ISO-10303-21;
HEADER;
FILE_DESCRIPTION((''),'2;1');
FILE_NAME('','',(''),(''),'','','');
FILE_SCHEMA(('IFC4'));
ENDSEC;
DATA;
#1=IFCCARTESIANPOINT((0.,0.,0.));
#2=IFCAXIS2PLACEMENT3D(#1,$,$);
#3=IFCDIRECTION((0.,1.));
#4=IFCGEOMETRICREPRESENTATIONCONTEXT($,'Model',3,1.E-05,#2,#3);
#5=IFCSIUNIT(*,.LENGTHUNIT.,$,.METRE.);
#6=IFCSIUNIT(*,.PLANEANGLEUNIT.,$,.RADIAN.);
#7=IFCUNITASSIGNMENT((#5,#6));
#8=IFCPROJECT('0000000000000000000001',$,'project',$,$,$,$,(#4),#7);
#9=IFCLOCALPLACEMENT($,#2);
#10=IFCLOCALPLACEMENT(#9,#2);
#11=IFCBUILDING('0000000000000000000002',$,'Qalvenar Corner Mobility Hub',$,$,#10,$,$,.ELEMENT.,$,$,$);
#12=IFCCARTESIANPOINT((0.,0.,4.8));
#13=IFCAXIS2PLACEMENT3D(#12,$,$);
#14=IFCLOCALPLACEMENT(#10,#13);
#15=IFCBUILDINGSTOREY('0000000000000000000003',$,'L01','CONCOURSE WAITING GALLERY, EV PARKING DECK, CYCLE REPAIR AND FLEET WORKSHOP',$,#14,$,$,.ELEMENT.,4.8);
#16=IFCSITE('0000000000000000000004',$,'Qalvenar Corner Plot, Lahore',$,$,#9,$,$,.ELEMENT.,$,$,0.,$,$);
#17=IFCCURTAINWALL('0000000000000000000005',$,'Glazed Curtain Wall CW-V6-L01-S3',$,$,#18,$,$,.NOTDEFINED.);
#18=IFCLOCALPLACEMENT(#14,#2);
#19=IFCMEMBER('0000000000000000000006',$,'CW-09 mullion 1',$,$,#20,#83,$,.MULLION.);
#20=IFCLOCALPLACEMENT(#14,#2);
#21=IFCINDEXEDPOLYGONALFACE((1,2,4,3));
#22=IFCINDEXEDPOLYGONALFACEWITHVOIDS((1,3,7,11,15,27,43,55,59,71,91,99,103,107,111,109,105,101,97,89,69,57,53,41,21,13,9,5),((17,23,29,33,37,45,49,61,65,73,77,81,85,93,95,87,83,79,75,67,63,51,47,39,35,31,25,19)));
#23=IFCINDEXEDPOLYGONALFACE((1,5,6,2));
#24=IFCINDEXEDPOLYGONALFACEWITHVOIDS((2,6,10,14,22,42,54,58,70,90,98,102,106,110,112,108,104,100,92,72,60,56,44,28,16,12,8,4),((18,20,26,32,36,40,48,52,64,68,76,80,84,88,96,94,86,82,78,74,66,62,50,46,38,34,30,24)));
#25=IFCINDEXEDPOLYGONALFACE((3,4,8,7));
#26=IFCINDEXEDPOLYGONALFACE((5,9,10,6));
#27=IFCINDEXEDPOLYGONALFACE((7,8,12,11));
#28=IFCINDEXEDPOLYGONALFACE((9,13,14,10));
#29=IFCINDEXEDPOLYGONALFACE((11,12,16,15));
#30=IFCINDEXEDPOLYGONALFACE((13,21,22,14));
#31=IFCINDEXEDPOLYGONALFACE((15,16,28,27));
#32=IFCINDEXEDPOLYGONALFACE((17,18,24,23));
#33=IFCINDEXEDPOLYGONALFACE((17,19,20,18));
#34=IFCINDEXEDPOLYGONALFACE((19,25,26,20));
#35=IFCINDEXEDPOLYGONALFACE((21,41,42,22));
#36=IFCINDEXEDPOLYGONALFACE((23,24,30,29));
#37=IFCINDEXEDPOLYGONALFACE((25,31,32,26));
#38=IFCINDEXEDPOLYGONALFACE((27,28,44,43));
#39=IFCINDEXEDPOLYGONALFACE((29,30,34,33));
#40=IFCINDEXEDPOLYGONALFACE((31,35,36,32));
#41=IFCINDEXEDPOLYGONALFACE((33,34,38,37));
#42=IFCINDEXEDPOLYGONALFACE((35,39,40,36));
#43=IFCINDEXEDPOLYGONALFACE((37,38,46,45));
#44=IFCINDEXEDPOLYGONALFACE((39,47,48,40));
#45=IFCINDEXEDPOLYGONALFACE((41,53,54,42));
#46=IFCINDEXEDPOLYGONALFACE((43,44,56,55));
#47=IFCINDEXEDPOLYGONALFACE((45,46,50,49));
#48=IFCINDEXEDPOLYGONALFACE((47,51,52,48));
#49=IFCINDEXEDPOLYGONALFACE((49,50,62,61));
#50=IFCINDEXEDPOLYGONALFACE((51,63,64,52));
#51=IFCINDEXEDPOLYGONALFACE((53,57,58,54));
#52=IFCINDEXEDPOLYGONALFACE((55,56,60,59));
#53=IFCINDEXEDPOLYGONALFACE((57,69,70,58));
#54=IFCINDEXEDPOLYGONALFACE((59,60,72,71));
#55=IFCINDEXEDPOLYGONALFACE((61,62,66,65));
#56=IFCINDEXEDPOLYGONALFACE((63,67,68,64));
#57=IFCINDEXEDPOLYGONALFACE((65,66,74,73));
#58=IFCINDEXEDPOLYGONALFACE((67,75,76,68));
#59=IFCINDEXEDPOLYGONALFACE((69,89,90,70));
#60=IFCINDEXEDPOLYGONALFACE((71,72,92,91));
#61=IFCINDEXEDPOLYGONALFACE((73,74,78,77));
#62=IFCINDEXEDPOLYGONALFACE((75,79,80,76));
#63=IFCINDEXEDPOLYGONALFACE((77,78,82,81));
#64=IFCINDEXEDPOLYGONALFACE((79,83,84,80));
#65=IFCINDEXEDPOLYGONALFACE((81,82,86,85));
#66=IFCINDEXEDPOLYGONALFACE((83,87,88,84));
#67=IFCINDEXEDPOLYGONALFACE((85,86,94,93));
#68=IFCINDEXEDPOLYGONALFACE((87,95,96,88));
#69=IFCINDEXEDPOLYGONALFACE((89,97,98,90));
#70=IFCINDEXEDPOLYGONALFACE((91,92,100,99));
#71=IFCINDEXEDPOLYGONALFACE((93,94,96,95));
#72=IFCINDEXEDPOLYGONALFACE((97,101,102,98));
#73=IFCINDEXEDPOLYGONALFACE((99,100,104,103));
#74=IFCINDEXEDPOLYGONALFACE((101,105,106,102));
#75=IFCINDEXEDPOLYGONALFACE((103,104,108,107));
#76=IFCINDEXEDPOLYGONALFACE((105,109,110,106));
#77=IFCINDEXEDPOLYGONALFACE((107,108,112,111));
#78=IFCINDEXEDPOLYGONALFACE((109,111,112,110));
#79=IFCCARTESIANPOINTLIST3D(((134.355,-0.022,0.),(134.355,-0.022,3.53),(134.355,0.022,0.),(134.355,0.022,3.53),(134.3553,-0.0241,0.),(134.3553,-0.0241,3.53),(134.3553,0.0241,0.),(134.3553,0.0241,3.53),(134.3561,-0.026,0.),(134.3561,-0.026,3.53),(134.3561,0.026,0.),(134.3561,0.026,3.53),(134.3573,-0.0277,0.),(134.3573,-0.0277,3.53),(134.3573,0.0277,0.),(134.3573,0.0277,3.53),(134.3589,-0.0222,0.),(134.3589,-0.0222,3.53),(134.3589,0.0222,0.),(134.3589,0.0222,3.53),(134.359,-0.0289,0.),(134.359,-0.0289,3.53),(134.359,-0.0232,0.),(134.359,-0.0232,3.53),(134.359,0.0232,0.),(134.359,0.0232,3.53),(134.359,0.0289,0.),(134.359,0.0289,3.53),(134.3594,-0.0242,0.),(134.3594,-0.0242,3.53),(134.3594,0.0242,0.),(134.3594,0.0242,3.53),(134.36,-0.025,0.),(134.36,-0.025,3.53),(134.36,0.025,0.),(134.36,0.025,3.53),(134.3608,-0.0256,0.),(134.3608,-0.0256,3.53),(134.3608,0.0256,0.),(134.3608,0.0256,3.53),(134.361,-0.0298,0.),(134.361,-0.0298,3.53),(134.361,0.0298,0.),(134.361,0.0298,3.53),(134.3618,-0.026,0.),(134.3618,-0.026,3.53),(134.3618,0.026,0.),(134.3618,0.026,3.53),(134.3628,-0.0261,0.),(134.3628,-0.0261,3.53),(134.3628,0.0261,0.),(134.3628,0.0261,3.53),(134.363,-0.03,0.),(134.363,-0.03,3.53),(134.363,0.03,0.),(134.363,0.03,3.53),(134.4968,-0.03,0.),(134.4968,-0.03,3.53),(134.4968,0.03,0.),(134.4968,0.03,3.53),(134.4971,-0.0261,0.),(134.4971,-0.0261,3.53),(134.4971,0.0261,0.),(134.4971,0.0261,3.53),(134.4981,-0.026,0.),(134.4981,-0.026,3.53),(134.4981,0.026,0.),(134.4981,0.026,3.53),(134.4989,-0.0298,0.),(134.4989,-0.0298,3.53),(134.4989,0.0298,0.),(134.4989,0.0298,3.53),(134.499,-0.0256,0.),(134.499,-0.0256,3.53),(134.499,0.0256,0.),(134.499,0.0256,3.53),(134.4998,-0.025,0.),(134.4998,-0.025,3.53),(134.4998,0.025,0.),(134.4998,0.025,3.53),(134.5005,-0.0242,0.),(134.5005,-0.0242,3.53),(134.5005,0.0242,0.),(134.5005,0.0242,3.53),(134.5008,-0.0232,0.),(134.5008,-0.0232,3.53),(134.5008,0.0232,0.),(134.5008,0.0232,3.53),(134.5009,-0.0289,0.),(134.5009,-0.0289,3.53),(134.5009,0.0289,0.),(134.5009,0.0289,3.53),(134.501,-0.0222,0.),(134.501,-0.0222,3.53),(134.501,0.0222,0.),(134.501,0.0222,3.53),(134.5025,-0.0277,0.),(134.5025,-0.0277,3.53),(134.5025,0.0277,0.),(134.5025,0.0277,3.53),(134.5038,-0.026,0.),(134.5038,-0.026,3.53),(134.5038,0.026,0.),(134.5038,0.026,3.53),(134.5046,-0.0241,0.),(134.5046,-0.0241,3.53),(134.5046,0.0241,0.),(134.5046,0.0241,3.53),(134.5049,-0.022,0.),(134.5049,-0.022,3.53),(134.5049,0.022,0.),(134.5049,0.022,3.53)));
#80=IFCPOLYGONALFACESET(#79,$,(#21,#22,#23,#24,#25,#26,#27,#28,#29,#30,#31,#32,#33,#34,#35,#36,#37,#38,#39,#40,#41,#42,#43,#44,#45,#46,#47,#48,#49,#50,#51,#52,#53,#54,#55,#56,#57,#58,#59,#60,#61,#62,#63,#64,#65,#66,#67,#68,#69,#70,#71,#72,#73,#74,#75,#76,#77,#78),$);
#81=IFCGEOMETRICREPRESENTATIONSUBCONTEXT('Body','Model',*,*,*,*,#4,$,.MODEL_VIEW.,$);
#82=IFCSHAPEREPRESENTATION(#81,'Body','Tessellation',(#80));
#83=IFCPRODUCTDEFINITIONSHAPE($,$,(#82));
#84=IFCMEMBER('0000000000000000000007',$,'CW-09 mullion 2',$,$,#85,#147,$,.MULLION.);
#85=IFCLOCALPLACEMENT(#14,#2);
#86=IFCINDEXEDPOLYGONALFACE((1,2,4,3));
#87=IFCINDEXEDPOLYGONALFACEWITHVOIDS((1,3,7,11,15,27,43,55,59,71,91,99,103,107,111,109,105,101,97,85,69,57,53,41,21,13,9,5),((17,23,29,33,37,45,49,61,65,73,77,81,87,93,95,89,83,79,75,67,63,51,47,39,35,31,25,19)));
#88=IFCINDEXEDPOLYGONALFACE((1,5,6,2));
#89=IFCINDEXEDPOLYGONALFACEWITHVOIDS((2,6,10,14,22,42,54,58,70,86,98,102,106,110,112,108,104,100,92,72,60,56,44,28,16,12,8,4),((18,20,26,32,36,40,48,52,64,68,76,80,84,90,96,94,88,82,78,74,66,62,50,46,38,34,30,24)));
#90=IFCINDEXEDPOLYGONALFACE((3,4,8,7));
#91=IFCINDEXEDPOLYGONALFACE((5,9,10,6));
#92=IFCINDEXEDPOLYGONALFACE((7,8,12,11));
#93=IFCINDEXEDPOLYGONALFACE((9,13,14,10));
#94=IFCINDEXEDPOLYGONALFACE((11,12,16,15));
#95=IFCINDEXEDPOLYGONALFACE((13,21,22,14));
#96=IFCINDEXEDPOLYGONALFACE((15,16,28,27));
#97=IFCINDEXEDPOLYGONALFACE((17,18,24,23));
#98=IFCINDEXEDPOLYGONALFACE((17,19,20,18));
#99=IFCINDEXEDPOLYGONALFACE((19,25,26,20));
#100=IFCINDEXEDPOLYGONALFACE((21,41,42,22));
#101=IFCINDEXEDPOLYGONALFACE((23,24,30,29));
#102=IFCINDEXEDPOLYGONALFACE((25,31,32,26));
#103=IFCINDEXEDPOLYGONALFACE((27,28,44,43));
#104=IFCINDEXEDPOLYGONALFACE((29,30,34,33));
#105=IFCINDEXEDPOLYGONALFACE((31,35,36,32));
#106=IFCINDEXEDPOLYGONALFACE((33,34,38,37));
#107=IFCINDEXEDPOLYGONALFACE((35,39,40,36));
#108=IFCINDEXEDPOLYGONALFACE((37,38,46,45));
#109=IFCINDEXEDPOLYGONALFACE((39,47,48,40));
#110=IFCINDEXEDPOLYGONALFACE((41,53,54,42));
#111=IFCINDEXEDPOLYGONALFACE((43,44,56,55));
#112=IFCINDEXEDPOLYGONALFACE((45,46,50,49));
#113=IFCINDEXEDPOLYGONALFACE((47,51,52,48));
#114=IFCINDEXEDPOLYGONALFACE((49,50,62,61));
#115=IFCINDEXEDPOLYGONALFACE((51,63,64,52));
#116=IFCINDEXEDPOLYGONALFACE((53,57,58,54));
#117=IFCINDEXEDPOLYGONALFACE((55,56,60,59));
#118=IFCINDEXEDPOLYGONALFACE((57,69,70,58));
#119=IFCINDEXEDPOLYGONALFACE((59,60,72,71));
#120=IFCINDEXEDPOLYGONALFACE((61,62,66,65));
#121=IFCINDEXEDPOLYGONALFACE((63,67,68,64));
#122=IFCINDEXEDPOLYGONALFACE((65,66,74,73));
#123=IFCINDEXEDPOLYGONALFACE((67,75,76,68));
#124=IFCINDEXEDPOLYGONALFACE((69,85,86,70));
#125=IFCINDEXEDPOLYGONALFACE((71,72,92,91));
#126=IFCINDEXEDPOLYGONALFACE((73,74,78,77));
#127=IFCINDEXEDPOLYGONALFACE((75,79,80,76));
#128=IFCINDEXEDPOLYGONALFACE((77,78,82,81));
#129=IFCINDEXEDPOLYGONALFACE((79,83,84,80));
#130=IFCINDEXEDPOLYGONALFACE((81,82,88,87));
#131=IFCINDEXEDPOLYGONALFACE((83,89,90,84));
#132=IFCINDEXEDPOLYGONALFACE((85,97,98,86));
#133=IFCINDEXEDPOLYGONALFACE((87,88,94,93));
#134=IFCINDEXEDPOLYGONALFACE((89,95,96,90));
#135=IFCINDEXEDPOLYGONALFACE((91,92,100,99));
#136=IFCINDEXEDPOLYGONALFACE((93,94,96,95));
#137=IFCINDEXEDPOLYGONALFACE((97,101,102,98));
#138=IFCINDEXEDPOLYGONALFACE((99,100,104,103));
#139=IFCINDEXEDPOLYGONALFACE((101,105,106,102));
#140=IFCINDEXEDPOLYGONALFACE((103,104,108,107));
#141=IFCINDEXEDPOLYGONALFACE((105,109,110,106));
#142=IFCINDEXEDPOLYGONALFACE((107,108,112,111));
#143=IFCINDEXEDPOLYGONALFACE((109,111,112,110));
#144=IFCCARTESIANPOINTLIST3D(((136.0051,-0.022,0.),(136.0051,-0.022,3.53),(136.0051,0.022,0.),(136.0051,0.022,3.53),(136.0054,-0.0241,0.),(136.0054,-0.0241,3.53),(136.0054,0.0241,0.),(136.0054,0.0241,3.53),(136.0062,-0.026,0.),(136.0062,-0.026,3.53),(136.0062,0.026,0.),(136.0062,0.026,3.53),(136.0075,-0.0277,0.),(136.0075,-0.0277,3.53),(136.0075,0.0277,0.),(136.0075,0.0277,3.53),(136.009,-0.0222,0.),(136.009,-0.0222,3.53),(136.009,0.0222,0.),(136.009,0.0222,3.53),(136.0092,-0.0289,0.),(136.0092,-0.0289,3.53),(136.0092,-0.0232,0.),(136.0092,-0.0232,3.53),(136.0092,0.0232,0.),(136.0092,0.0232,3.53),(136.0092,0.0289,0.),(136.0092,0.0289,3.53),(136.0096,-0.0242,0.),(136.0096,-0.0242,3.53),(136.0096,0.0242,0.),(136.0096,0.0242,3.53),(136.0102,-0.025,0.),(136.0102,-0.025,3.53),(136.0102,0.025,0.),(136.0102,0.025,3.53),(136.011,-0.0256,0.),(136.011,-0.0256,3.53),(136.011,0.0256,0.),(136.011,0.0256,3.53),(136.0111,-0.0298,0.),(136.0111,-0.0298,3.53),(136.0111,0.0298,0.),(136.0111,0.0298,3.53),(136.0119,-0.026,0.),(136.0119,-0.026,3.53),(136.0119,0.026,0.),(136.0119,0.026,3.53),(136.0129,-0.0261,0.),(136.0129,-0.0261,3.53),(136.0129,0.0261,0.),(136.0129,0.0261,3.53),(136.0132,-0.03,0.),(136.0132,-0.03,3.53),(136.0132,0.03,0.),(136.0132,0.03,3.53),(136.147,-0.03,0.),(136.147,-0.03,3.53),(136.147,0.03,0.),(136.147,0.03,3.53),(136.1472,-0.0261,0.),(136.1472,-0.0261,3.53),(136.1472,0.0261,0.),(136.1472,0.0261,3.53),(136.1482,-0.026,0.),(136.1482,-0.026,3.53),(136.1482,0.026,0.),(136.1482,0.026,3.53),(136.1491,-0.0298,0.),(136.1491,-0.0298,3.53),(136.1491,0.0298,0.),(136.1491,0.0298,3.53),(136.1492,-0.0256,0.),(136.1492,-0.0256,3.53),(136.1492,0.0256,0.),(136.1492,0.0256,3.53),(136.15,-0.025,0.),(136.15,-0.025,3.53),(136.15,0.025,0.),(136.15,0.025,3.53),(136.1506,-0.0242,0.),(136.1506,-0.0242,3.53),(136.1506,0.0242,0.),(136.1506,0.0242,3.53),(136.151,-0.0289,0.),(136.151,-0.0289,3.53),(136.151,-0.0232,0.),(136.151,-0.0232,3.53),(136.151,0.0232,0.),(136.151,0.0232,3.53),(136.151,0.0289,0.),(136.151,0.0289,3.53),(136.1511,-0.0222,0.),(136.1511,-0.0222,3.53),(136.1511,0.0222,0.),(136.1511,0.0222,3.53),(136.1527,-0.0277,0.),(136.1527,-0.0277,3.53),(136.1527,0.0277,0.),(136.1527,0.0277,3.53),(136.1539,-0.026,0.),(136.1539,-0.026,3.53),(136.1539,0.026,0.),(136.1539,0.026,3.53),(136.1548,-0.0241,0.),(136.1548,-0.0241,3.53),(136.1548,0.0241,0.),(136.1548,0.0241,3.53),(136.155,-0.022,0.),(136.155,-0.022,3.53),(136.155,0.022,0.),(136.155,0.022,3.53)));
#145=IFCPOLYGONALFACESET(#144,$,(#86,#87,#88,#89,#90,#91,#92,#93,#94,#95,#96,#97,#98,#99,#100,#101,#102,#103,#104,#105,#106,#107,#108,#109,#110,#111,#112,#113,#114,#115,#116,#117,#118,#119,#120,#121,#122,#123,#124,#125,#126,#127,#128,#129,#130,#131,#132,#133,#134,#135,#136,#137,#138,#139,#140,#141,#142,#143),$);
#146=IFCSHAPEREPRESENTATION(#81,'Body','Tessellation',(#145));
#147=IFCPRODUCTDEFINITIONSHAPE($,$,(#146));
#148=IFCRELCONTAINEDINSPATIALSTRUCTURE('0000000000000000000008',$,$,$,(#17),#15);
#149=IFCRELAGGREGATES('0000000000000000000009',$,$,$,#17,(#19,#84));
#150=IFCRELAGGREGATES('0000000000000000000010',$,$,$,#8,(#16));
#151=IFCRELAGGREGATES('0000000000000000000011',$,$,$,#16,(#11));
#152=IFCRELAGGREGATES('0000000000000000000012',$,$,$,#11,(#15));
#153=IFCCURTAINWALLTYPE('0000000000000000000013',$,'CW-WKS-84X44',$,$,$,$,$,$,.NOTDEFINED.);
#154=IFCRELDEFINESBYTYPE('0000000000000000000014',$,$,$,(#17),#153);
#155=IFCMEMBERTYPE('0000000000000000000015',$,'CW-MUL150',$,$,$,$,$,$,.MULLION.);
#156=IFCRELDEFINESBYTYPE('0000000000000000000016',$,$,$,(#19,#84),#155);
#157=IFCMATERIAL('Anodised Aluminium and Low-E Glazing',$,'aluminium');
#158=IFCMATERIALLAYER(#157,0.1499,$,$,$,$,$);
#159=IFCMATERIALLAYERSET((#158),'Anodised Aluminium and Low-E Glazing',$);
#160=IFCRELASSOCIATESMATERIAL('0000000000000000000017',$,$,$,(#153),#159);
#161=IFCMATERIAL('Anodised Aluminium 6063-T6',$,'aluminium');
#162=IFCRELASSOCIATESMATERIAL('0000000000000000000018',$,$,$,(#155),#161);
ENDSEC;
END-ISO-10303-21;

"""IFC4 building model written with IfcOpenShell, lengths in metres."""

from ifc_helpers import new_model, si_unit, direction, frame, origin, origin_2d, place, context, subcontext, project, spatial, hollow_rectangle, extrude, material, layer, layer_set, material_profile, profile_set, type_object, element, aggregate, save


model = new_model("IFC4")

# Units and contexts
model_context = context("Model", 3, precision=1e-05, world=origin(), true_north=direction((0.0, 1.0)))
body_context = subcontext(model_context, "Body", "Model", "MODEL_VIEW")
ifc_project = project(units=[si_unit("LENGTHUNIT", "METRE"), si_unit("PLANEANGLEUNIT", "RADIAN")], contexts=[model_context])

# Site, building, storey
site_placement = place(None, origin())
site = spatial("IfcSite", under=ifc_project, at=site_placement, Name="Qalvenar Corner Plot, Lahore", CompositionType="ELEMENT", RefElevation=0.0)
building_placement = place(site_placement, origin())
building = spatial("IfcBuilding", under=site, at=building_placement, Name="Qalvenar Corner Mobility Hub", CompositionType="ELEMENT")
storey_placement = place(building_placement, frame((0.0, 0.0, 4.8)))
storey = spatial("IfcBuildingStorey", under=building, at=storey_placement, Name="L01", Description="CONCOURSE WAITING GALLERY, EV PARKING DECK, CYCLE REPAIR AND FLEET WORKSHOP", CompositionType="ELEMENT", Elevation=4.8)

# Curtain wall, members
ifc_material_1 = material(Name="Anodised Aluminium and Low-E Glazing", Category="aluminium")
ifc_layer_1 = layer(ifc_material_1, 0.1499)
ifc_layer_set_1 = layer_set([ifc_layer_1], Name="Anodised Aluminium and Low-E Glazing")
curtain_wall_type = type_object("IfcCurtainWallType", Name="CW-WKS-84X44", PredefinedType="NOTDEFINED", material=ifc_layer_set_1)
curtain_wall_placement = place(storey_placement, origin())
curtain_wall = element("IfcCurtainWall", 1, at=curtain_wall_placement, inside=storey, type_object=curtain_wall_type, Name="Glazed Curtain Wall CW-V6-L01-S3", PredefinedType="NOTDEFINED")
ifc_material_2 = material(Name="Anodised Aluminium 6063-T6", Category="aluminium")
ifc_material_profile_1 = material_profile(ifc_material_2, hollow_rectangle(XDim=0.0601, YDim=0.1499, WallThickness=0.0039, InnerFilletRadius=0.0039, OuterFilletRadius=0.0081, at=origin_2d()), Name="RHS150x60x4")
ifc_profile_set_1 = profile_set([ifc_material_profile_1], Name="Anodised Aluminium 6063-T6")
member_type_1 = type_object("IfcMemberType", Name="CW-MUL150", PredefinedType="MULLION", material=ifc_profile_set_1)
member_1_placement = place(storey_placement, frame((134.4299, 0.0, 0.0), z_axis=(0.0, 0.0, 1.0), x_axis=(0.0, 1.0, 0.0)))
member_1 = element("IfcMember", 2, at=member_1_placement, type_object=member_type_1, Name="CW-09 mullion 1", PredefinedType="MULLION", context=body_context, shape_type="SweptSolid", body=[
    extrude(hollow_rectangle(XDim=0.0601, YDim=0.1499, WallThickness=0.0039, InnerFilletRadius=0.0039, OuterFilletRadius=0.0081, at=origin_2d()), origin(), (0.0, 0.0, 1.0), 3.53),
])
member_2_placement = place(storey_placement, frame((136.0801, 0.0, 0.0), z_axis=(0.0, 0.0, 1.0), x_axis=(0.0, 1.0, 0.0)))
member_2 = element("IfcMember", 3, at=member_2_placement, type_object=member_type_1, Name="CW-09 mullion 2", PredefinedType="MULLION", context=body_context, shape_type="SweptSolid", body=[
    extrude(hollow_rectangle(XDim=0.0601, YDim=0.1499, WallThickness=0.0039, InnerFilletRadius=0.0039, OuterFilletRadius=0.0081, at=origin_2d()), origin(), (0.0, 0.0, 1.0), 3.53),
])
aggregate(curtain_wall, [member_1, member_2])

save(model, "model.ifc")
